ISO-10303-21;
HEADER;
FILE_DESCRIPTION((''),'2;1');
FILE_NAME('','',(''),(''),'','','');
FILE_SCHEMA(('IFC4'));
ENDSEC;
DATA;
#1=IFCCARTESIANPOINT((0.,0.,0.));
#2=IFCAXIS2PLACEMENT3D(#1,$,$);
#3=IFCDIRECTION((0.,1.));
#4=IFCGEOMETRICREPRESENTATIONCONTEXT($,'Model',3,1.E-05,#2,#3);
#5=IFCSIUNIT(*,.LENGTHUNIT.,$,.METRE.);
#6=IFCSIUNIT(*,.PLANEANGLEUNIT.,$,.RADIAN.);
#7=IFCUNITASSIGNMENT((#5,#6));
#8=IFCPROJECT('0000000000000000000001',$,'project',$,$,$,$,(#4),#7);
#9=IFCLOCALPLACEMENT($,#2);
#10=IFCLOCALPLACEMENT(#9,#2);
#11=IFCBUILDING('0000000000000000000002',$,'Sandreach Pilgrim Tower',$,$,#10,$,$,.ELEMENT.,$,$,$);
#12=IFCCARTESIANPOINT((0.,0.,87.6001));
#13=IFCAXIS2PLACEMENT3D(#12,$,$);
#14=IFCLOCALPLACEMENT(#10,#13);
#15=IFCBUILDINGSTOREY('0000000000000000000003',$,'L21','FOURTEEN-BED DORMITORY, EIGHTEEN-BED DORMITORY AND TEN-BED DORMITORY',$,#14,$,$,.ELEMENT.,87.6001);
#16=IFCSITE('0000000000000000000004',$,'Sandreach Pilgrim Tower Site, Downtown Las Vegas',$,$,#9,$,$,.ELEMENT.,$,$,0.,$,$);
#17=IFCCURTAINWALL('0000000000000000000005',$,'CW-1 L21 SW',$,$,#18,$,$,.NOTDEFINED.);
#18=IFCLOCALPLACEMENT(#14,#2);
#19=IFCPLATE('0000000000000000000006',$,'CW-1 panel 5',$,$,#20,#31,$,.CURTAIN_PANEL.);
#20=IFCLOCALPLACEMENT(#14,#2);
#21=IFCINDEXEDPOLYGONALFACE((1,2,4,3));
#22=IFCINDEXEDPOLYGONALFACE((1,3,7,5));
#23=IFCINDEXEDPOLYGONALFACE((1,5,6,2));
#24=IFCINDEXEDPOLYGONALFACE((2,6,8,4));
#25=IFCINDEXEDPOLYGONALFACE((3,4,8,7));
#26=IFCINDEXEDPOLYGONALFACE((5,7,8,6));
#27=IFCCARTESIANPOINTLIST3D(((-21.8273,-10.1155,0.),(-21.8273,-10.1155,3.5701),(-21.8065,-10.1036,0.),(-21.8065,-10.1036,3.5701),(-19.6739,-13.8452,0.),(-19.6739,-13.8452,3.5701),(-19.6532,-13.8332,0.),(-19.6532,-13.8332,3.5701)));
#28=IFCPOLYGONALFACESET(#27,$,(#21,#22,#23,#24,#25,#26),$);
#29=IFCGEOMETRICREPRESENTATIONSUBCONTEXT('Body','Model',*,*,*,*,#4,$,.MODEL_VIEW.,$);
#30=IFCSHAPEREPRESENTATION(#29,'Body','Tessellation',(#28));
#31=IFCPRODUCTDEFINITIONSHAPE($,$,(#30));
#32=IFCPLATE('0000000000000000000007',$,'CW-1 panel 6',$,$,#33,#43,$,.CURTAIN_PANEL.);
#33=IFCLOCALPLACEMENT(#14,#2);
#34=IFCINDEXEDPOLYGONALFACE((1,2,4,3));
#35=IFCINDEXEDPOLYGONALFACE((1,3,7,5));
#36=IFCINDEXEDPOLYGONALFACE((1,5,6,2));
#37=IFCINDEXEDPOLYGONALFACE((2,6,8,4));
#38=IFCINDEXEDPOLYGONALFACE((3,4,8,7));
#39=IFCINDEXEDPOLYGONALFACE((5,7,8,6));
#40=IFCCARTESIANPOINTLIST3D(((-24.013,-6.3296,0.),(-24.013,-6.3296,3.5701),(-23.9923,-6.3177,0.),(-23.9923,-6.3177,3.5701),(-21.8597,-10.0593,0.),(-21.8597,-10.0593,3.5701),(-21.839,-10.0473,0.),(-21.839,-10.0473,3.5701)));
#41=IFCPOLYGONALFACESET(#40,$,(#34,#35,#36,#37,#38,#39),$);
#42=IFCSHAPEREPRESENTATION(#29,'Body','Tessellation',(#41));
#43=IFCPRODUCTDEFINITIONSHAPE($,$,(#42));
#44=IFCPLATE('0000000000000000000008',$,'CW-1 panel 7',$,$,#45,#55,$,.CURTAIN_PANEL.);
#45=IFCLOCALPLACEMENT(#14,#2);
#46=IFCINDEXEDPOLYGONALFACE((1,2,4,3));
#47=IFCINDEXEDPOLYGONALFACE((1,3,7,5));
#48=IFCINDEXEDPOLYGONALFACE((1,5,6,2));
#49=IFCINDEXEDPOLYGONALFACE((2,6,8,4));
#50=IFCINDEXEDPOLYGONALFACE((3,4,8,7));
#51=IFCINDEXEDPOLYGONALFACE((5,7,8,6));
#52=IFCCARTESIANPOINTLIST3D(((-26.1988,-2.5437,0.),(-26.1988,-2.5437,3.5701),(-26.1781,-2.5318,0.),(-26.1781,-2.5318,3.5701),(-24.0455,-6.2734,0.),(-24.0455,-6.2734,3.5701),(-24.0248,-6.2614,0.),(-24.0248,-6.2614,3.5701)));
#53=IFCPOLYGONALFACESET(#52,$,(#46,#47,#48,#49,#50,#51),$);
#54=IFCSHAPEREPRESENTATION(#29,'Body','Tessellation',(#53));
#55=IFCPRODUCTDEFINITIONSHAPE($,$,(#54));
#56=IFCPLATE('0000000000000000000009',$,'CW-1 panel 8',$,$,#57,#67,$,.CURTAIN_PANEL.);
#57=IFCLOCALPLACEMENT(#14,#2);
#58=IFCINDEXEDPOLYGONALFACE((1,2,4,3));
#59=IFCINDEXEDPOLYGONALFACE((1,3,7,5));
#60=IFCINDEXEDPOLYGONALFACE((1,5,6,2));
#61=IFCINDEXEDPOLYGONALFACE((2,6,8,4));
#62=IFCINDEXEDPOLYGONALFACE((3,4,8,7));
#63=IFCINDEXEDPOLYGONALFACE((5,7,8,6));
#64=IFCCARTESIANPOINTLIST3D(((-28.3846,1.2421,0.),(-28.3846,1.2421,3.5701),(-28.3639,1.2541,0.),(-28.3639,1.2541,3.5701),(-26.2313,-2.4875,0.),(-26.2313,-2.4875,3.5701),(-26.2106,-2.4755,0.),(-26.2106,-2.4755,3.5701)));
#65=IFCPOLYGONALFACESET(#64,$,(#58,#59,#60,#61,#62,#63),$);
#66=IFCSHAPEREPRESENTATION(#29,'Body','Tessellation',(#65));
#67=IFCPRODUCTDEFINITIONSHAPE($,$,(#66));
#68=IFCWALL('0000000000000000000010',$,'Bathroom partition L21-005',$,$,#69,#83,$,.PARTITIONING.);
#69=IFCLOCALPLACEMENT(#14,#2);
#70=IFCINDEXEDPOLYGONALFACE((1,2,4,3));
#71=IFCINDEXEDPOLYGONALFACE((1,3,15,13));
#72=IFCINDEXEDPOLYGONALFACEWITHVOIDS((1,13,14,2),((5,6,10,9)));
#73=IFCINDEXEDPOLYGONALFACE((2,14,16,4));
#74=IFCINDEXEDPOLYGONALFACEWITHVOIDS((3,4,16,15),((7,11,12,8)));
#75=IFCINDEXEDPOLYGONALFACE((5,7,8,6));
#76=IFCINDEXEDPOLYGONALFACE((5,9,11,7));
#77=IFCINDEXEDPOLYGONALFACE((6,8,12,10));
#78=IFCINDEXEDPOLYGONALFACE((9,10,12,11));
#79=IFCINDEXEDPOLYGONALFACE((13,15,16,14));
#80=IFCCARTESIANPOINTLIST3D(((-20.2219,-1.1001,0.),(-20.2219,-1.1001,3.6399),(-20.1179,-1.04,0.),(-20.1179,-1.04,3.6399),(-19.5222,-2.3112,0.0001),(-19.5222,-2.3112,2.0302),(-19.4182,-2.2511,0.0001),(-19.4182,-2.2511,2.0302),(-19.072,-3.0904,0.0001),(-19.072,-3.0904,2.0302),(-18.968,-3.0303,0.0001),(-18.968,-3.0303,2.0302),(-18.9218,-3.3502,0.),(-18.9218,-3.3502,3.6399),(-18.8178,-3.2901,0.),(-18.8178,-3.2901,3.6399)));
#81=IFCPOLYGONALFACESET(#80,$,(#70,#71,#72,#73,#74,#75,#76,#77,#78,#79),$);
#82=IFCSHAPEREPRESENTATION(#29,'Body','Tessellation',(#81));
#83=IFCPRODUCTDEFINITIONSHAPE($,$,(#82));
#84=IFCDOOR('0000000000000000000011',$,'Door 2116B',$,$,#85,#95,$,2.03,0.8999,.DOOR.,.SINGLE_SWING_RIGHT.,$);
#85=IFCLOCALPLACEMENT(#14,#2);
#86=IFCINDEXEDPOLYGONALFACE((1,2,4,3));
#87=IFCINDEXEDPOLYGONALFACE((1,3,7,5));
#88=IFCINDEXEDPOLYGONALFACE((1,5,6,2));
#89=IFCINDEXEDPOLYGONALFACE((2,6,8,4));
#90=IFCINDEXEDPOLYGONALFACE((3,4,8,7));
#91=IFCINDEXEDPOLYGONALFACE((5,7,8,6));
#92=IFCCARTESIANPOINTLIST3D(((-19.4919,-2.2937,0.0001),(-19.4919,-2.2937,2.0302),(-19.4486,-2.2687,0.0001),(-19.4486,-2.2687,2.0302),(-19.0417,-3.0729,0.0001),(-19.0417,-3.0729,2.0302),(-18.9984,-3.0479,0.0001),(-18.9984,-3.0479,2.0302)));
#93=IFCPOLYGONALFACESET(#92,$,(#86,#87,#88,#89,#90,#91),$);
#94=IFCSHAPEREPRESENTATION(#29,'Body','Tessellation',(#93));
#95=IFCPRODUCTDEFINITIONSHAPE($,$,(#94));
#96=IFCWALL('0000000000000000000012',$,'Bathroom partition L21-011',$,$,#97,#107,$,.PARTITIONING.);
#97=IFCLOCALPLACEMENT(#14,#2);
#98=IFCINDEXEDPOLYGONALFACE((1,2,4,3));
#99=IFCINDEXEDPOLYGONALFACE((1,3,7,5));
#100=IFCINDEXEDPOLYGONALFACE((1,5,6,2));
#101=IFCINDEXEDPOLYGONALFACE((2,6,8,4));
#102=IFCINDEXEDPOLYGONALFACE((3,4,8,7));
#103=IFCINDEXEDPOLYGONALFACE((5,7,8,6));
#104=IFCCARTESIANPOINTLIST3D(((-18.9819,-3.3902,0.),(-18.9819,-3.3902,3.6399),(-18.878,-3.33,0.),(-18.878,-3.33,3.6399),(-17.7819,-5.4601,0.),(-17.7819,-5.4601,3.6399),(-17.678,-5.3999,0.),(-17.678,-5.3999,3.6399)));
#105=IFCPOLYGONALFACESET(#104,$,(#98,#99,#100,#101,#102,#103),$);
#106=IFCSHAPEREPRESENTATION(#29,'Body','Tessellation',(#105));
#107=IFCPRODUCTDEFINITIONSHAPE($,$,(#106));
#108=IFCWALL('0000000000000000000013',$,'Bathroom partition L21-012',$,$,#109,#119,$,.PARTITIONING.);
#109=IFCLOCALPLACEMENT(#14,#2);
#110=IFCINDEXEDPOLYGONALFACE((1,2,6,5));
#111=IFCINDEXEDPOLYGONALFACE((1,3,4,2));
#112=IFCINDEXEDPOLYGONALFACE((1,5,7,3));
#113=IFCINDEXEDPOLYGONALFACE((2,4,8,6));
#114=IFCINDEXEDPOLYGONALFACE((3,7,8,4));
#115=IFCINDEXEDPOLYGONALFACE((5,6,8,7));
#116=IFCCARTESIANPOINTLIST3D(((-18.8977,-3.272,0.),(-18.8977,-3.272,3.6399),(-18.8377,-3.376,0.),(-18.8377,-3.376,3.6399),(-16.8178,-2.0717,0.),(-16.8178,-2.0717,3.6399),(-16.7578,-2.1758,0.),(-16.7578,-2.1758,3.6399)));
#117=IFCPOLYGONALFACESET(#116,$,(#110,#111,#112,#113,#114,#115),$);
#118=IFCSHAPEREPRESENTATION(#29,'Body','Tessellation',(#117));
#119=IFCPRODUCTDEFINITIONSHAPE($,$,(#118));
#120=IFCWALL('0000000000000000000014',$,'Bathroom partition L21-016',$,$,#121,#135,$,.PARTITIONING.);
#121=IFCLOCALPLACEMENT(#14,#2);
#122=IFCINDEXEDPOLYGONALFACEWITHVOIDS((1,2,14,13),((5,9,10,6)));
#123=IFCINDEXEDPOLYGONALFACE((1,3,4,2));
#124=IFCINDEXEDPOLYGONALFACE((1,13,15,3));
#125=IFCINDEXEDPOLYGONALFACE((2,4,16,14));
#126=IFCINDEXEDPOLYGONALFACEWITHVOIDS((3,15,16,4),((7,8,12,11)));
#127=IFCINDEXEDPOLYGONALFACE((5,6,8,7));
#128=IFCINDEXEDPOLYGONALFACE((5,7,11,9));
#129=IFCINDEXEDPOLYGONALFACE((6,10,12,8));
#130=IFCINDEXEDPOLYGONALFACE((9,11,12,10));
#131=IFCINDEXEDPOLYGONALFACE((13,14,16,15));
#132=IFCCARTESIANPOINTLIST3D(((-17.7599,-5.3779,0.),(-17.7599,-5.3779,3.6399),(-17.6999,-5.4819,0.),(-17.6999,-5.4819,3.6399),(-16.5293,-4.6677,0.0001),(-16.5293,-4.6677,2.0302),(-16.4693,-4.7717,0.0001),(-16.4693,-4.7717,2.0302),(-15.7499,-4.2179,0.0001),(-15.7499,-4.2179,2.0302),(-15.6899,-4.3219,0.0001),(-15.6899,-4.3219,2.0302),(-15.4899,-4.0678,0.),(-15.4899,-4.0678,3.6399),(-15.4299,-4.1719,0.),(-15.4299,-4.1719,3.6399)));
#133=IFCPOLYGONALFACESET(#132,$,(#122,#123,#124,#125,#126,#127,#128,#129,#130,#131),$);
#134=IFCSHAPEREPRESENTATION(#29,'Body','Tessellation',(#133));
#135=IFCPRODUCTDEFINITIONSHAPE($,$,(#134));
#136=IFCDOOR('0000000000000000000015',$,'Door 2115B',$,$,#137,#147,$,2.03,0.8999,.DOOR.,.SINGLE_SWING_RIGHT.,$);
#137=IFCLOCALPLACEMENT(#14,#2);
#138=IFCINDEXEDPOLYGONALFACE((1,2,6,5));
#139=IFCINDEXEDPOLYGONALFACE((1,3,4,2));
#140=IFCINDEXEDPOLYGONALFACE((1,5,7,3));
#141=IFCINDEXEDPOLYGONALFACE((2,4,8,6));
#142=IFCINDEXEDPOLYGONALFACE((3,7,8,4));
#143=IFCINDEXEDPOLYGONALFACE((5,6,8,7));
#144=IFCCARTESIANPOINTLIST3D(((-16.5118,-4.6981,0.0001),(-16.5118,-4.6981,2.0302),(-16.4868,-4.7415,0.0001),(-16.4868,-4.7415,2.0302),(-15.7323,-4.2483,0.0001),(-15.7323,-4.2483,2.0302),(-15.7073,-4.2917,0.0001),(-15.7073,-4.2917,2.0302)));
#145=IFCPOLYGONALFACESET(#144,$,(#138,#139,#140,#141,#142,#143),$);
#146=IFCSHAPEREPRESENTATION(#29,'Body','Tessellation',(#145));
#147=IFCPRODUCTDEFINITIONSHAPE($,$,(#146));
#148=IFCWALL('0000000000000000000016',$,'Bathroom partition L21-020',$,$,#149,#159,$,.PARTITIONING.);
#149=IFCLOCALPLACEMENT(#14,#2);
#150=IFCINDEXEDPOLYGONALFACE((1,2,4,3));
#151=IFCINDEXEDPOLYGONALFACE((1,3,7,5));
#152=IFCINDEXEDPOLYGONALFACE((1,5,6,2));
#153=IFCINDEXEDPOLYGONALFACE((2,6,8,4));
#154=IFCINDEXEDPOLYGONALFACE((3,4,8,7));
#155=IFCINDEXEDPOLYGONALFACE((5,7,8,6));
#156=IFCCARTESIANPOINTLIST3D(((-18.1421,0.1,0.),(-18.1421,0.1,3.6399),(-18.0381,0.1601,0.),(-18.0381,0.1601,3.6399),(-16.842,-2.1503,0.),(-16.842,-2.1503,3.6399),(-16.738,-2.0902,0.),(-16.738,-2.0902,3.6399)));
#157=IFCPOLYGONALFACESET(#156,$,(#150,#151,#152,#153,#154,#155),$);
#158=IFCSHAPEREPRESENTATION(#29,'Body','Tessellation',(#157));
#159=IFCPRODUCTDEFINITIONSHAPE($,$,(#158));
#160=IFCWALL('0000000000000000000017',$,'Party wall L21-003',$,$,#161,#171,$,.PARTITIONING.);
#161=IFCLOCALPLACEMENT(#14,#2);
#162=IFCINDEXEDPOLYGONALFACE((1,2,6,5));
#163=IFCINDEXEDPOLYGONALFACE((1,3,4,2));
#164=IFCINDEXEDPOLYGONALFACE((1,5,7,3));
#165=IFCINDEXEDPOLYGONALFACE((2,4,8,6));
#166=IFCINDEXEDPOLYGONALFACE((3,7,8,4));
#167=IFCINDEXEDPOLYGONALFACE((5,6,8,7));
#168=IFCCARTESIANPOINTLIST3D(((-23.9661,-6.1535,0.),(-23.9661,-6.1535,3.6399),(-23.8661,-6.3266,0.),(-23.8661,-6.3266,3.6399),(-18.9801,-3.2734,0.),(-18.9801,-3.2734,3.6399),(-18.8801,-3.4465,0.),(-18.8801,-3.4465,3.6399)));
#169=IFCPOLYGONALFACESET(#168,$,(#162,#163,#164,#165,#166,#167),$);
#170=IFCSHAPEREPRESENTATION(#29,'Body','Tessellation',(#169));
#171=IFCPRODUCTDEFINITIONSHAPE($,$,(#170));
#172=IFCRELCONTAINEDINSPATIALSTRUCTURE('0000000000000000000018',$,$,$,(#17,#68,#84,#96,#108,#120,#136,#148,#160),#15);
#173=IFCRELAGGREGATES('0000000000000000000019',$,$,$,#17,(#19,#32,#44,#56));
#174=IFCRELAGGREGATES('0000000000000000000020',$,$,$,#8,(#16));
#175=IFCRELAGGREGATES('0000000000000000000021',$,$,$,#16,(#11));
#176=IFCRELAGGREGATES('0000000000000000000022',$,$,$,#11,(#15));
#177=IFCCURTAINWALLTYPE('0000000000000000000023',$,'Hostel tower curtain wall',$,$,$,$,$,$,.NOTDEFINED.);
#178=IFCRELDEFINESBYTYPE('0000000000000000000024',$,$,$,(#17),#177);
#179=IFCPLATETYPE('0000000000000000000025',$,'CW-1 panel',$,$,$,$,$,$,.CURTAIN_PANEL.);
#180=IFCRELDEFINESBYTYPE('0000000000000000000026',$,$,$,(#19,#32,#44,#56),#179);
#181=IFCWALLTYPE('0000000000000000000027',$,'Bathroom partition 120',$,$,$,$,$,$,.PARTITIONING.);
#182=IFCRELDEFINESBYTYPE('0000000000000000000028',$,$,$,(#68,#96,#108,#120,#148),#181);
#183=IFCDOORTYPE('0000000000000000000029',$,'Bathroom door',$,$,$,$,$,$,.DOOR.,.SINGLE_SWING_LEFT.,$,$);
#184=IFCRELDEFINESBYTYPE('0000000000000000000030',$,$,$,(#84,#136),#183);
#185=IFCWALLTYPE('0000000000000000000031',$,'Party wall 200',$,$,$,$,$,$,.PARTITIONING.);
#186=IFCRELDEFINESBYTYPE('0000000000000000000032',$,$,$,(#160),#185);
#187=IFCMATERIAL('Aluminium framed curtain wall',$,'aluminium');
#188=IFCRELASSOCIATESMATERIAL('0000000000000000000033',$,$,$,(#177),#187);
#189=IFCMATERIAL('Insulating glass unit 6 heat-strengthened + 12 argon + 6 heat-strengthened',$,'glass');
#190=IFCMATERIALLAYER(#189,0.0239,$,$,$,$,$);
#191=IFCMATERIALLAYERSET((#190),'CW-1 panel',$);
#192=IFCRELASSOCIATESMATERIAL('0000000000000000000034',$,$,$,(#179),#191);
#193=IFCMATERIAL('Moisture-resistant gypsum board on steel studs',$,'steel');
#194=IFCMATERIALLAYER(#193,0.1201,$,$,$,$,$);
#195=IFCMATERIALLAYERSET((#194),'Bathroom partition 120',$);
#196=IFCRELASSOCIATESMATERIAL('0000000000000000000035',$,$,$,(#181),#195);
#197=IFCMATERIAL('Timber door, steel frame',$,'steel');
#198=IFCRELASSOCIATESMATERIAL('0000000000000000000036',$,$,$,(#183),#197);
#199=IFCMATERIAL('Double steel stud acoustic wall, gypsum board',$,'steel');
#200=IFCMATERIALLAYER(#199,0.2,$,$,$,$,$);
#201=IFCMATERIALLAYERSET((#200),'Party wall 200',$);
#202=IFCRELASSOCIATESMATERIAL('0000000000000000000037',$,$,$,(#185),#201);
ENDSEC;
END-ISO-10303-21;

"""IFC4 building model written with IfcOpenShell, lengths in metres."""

from ifc_helpers import new_model, si_unit, direction, frame, frame_2d, origin, origin_2d, place, context, subcontext, project, spatial, rectangle, extrude, material, layer, layer_set, type_object, element, fill, aggregate, save


model = new_model("IFC4")

# Units and contexts
model_context = context("Model", 3, precision=1e-05, world=origin(), true_north=direction((0.0, 1.0)))
body_context = subcontext(model_context, "Body", "Model", "MODEL_VIEW")
ifc_project = project(units=[si_unit("LENGTHUNIT", "METRE"), si_unit("PLANEANGLEUNIT", "RADIAN")], contexts=[model_context])

# Site, building, storey
site_placement = place(None, origin())
site = spatial("IfcSite", under=ifc_project, at=site_placement, Name="Sandreach Pilgrim Tower Site, Downtown Las Vegas", CompositionType="ELEMENT", RefElevation=0.0)
building_placement = place(site_placement, origin())
building = spatial("IfcBuilding", under=site, at=building_placement, Name="Sandreach Pilgrim Tower", CompositionType="ELEMENT")
storey_placement = place(building_placement, frame((0.0, 0.0, 87.6001)))
storey = spatial("IfcBuildingStorey", under=building, at=storey_placement, Name="L21", Description="FOURTEEN-BED DORMITORY, EIGHTEEN-BED DORMITORY AND TEN-BED DORMITORY", CompositionType="ELEMENT", Elevation=87.6001)

# Curtain wall
ifc_material_1 = material(Name="Aluminium framed curtain wall", Category="aluminium")
curtain_wall_type = type_object("IfcCurtainWallType", Name="Hostel tower curtain wall", PredefinedType="NOTDEFINED", material=ifc_material_1)
curtain_wall_placement = place(storey_placement, origin())
curtain_wall = element("IfcCurtainWall", 1, at=curtain_wall_placement, inside=storey, type_object=curtain_wall_type, Name="CW-1 L21 SW", PredefinedType="NOTDEFINED")

# Plates
ifc_material_2 = material(Name="Insulating glass unit 6 heat-strengthened + 12 argon + 6 heat-strengthened", Category="glass")
ifc_layer_1 = layer(ifc_material_2, 0.0239)
ifc_layer_set_1 = layer_set([ifc_layer_1], Name="CW-1 panel")
plate_type = type_object("IfcPlateType", Name="CW-1 panel", PredefinedType="CURTAIN_PANEL", material=ifc_layer_set_1)
plate_1_placement = place(storey_placement, frame((-20.7402, -11.9744, 0.0), z_axis=(0.0, 0.0, 1.0), x_axis=(-0.5, 0.866025, 0.0)))
plate_1 = element("IfcPlate", 2, at=plate_1_placement, type_object=plate_type, Name="CW-1 panel 5", PredefinedType="CURTAIN_PANEL", context=body_context, shape_type="SweptSolid", body=[
    extrude(rectangle(XDim=4.3066, YDim=0.0239, at=origin_2d()), origin(), (0.0, 0.0, 1.0), 3.5701),
])
plate_2_placement = place(storey_placement, frame((-22.926, -8.1885, 0.0), z_axis=(0.0, 0.0, 1.0), x_axis=(-0.5, 0.866025, 0.0)))
plate_2 = element("IfcPlate", 3, at=plate_2_placement, type_object=plate_type, Name="CW-1 panel 6", PredefinedType="CURTAIN_PANEL", context=body_context, shape_type="SweptSolid", body=[
    extrude(rectangle(XDim=4.3066, YDim=0.0239, at=origin_2d()), origin(), (0.0, 0.0, 1.0), 3.5701),
])
plate_3_placement = place(storey_placement, frame((-25.1118, -4.4026, 0.0), z_axis=(0.0, 0.0, 1.0), x_axis=(-0.5, 0.866025, 0.0)))
plate_3 = element("IfcPlate", 4, at=plate_3_placement, type_object=plate_type, Name="CW-1 panel 7", PredefinedType="CURTAIN_PANEL", context=body_context, shape_type="SweptSolid", body=[
    extrude(rectangle(XDim=4.3066, YDim=0.0239, at=origin_2d()), origin(), (0.0, 0.0, 1.0), 3.5701),
])
plate_4_placement = place(storey_placement, frame((-27.2976, -0.6167, 0.0), z_axis=(0.0, 0.0, 1.0), x_axis=(-0.5, 0.866025, 0.0)))
plate_4 = element("IfcPlate", 5, at=plate_4_placement, type_object=plate_type, Name="CW-1 panel 8", PredefinedType="CURTAIN_PANEL", context=body_context, shape_type="SweptSolid", body=[
    extrude(rectangle(XDim=4.3066, YDim=0.0239, at=origin_2d()), origin(), (0.0, 0.0, 1.0), 3.5701),
])
aggregate(curtain_wall, [plate_1, plate_2, plate_3, plate_4])

# Wall, opening, door
ifc_material_3 = material(Name="Moisture-resistant gypsum board on steel studs", Category="steel")
ifc_layer_2 = layer(ifc_material_3, 0.1201)
ifc_layer_set_2 = layer_set([ifc_layer_2], Name="Bathroom partition 120")
wall_type_1 = type_object("IfcWallType", Name="Bathroom partition 120", PredefinedType="PARTITIONING", material=ifc_layer_set_2)
wall_1_placement = place(storey_placement, frame((-20.1699, -1.0701, 0.0), z_axis=(0.0, 0.0, 1.0), x_axis=(0.500292, -0.865857, 0.0)))
wall_1 = element("IfcWall", 6, at=wall_1_placement, inside=storey, type_object=wall_type_1, Name="Bathroom partition L21-005", PredefinedType="PARTITIONING", context=body_context, shape_type="SweptSolid", body=[
    extrude(rectangle(XDim=2.5986, YDim=0.1201, at=frame_2d((1.2993, 0.0))), origin(), (0.0, 0.0, 1.0), 3.6399),
])
opening_1_placement = place(wall_1_placement, frame((1.3987, 0.0, 0.0)))
opening_1 = element("IfcOpeningElement", 7, at=opening_1_placement, cuts=wall_1, PredefinedType="OPENING", context=body_context, shape_type="SweptSolid", body=[
    extrude(rectangle(XDim=0.8999, YDim=2.03, at=frame_2d((0.45, 1.0151))), frame((0.0, 0.0601, 0.0), z_axis=(0.0, -1.0, 0.0), x_axis=(1.0, 0.0, 0.0)), (0.0, 0.0, 1.0), 0.1201),
])
ifc_material_4 = material(Name="Timber door, steel frame", Category="steel")
door_type = type_object("IfcDoorType", Name="Bathroom door", OperationType="SINGLE_SWING_LEFT", PredefinedType="DOOR", material=ifc_material_4)
door_1_placement = place(opening_1_placement, origin())
door_1 = element("IfcDoor", 8, at=door_1_placement, inside=storey, type_object=door_type, Name="Door 2116B", OperationType="SINGLE_SWING_RIGHT", OverallHeight=2.03, OverallWidth=0.8999, PredefinedType="DOOR", context=body_context, shape_type="SweptSolid", body=[
    extrude(rectangle(XDim=0.8999, YDim=2.03, at=frame_2d((0.45, 1.0151))), frame((0.0, 0.0249, 0.0), z_axis=(0.0, -1.0, 0.0), x_axis=(1.0, 0.0, 0.0)), (0.0, 0.0, 1.0), 0.05),
])
fill(opening_1, door_1)

# Walls
wall_2_placement = place(storey_placement, frame((-18.9299, -3.3601, 0.0), z_axis=(0.0, 0.0, 1.0), x_axis=(0.501547, -0.86513, 0.0)))
element("IfcWall", 9, at=wall_2_placement, inside=storey, type_object=wall_type_1, Name="Bathroom partition L21-011", PredefinedType="PARTITIONING", context=body_context, shape_type="SweptSolid", body=[
    extrude(rectangle(XDim=2.3926, YDim=0.1201, at=frame_2d((1.1963, 0.0))), origin(), (0.0, 0.0, 1.0), 3.6399),
])
wall_3_placement = place(storey_placement, frame((-18.8677, -3.324, 0.0), z_axis=(0.0, 0.0, 1.0), x_axis=(0.866133, 0.499813, 0.0)))
element("IfcWall", 10, at=wall_3_placement, inside=storey, type_object=wall_type_1, Name="Bathroom partition L21-012", PredefinedType="PARTITIONING", context=body_context, shape_type="SweptSolid", body=[
    extrude(rectangle(XDim=2.4014, YDim=0.1201, at=frame_2d((1.2007, 0.0))), origin(), (0.0, 0.0, 1.0), 3.6399),
])

# Wall, opening, door
wall_4_placement = place(storey_placement, frame((-17.73, -5.4299, 0.0), z_axis=(0.0, 0.0, 1.0), x_axis=(0.866114, 0.499846, 0.0)))
wall_4 = element("IfcWall", 11, at=wall_4_placement, inside=storey, type_object=wall_type_1, Name="Bathroom partition L21-016", PredefinedType="PARTITIONING", context=body_context, shape_type="SweptSolid", body=[
    extrude(rectangle(XDim=2.6208, YDim=0.1201, at=frame_2d((1.3105, 0.0))), origin(), (0.0, 0.0, 1.0), 3.6399),
])
opening_2_placement = place(wall_4_placement, frame((1.4209, 0.0, 0.0)))
opening_2 = element("IfcOpeningElement", 12, at=opening_2_placement, cuts=wall_4, PredefinedType="OPENING", context=body_context, shape_type="SweptSolid", body=[
    extrude(rectangle(XDim=0.8999, YDim=2.03, at=frame_2d((0.45, 1.0151))), frame((0.0, 0.0601, 0.0), z_axis=(0.0, -1.0, 0.0), x_axis=(1.0, 0.0, 0.0)), (0.0, 0.0, 1.0), 0.1201),
])
door_2_placement = place(opening_2_placement, origin())
door_2 = element("IfcDoor", 13, at=door_2_placement, inside=storey, type_object=door_type, Name="Door 2115B", OperationType="SINGLE_SWING_RIGHT", OverallHeight=2.03, OverallWidth=0.8999, PredefinedType="DOOR", context=body_context, shape_type="SweptSolid", body=[
    extrude(rectangle(XDim=0.8999, YDim=2.03, at=frame_2d((0.45, 1.0151))), frame((0.0, 0.0249, 0.0), z_axis=(0.0, -1.0, 0.0), x_axis=(1.0, 0.0, 0.0)), (0.0, 0.0, 1.0), 0.05),
])
fill(opening_2, door_2)

# Walls
wall_5_placement = place(storey_placement, frame((-16.79, -2.1201, 0.0), z_axis=(0.0, 0.0, 1.0), x_axis=(-0.500251, 0.86588, 0.0)))
element("IfcWall", 14, at=wall_5_placement, inside=storey, type_object=wall_type_1, Name="Bathroom partition L21-020", PredefinedType="PARTITIONING", context=body_context, shape_type="SweptSolid", body=[
    extrude(rectangle(XDim=2.5989, YDim=0.1201, at=frame_2d((1.2993, 0.0))), origin(), (0.0, 0.0, 1.0), 3.6399),
])
ifc_material_5 = material(Name="Double steel stud acoustic wall, gypsum board", Category="steel")
ifc_layer_3 = layer(ifc_material_5, 0.2)
ifc_layer_set_3 = layer_set([ifc_layer_3], Name="Party wall 200")
wall_type_2 = type_object("IfcWallType", Name="Party wall 200", PredefinedType="PARTITIONING", material=ifc_layer_set_3)
wall_6_placement = place(storey_placement, frame((-23.916, -6.24, 0.0), z_axis=(0.0, 0.0, 1.0), x_axis=(0.865919, 0.500184, 0.0)))
element("IfcWall", 15, at=wall_6_placement, inside=storey, type_object=wall_type_2, Name="Party wall L21-003", PredefinedType="PARTITIONING", context=body_context, shape_type="SweptSolid", body=[
    extrude(rectangle(XDim=5.7581, YDim=0.2, at=frame_2d((2.8789, 0.0))), origin(), (0.0, 0.0, 1.0), 3.6399),
])

save(model, "model.ifc")
